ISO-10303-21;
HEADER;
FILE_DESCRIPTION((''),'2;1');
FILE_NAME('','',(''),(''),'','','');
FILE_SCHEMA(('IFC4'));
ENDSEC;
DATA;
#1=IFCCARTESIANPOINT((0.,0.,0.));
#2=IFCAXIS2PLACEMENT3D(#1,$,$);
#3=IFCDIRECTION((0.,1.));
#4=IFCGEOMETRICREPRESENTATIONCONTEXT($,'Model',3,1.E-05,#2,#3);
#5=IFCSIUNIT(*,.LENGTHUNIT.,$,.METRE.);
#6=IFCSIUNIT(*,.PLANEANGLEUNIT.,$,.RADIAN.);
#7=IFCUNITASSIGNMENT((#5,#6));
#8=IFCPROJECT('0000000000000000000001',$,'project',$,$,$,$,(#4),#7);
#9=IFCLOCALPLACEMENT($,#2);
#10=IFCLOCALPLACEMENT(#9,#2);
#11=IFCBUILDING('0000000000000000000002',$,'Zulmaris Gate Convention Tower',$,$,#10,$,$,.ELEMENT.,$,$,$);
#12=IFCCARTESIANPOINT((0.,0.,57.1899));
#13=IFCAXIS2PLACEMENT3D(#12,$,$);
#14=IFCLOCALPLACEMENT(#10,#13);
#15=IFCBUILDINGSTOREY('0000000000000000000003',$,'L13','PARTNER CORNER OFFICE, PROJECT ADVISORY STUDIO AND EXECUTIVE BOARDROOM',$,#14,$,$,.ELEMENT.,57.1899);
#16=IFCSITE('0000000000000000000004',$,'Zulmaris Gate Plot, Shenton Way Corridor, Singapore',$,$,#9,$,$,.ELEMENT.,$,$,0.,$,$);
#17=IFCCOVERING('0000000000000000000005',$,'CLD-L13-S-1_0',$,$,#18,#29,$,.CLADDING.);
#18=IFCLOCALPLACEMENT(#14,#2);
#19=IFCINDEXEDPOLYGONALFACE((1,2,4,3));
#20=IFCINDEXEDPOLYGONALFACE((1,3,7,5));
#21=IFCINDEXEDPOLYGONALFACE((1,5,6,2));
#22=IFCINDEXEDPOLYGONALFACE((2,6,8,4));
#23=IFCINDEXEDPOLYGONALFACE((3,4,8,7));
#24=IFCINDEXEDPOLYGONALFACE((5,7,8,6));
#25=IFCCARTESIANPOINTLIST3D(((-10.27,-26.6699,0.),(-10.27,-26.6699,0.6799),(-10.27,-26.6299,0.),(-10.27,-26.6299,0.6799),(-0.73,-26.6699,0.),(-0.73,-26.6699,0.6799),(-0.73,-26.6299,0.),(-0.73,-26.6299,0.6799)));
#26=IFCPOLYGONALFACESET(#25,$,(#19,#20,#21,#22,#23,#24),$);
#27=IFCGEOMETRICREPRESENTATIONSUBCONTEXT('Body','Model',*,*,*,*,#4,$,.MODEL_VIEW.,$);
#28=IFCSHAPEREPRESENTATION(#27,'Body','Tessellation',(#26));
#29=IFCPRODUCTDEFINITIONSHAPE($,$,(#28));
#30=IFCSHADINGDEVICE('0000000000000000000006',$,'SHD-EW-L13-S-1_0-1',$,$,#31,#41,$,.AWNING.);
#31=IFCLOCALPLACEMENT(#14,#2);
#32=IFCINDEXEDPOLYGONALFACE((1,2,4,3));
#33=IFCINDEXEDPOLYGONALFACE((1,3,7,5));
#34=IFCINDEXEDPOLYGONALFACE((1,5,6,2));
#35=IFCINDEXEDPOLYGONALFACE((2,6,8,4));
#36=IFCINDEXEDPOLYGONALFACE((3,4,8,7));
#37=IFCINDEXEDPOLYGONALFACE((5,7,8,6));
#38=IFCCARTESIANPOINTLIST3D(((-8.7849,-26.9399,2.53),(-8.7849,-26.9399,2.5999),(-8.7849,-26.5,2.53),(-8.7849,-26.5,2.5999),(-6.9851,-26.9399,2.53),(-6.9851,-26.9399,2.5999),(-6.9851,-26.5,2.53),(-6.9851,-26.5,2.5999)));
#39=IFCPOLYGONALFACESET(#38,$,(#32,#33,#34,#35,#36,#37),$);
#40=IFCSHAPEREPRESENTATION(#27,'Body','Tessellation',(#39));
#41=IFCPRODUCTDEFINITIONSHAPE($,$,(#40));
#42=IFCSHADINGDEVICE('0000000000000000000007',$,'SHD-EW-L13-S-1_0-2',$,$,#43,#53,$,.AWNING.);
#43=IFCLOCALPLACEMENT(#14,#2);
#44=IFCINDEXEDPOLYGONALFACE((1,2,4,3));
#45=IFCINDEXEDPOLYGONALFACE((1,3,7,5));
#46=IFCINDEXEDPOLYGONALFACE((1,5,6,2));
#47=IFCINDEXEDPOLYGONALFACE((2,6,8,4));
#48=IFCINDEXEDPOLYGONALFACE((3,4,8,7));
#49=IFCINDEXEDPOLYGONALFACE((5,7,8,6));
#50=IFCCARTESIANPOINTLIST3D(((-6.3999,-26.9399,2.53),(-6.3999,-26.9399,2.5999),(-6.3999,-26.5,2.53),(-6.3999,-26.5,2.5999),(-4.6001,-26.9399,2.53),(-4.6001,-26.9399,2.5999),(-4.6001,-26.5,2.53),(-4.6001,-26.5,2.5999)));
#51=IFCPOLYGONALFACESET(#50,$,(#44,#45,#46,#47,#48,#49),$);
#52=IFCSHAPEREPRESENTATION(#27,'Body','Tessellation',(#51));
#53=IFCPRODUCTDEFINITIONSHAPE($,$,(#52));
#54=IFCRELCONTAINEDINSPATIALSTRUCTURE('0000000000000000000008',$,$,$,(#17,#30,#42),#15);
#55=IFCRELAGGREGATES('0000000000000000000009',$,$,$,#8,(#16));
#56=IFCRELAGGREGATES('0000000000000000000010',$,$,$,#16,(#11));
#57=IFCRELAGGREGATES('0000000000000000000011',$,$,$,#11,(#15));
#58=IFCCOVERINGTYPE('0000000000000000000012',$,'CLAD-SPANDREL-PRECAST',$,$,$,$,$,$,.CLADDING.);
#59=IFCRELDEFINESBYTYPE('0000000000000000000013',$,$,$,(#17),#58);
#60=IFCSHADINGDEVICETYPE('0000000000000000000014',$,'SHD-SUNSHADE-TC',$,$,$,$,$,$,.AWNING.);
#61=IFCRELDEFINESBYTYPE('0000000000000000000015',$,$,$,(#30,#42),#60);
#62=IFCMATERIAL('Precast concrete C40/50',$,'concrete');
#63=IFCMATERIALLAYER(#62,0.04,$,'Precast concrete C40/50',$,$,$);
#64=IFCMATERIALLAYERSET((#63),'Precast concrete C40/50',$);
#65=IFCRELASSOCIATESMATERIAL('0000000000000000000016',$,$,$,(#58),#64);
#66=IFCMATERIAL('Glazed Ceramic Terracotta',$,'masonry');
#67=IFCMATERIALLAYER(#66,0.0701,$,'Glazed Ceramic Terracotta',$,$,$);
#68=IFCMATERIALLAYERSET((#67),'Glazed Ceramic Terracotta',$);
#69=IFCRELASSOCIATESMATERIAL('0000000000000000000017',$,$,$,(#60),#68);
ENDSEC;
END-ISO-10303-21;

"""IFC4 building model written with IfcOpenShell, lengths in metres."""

from ifc_helpers import new_model, si_unit, direction, frame, frame_2d, origin, place, context, subcontext, project, spatial, rectangle, extrude, material, layer, layer_set, type_object, element, save


model = new_model("IFC4")

# Units and contexts
model_context = context("Model", 3, precision=1e-05, world=origin(), true_north=direction((0.0, 1.0)))
body_context = subcontext(model_context, "Body", "Model", "MODEL_VIEW")
ifc_project = project(units=[si_unit("LENGTHUNIT", "METRE"), si_unit("PLANEANGLEUNIT", "RADIAN")], contexts=[model_context])

# Site, building, storey
site_placement = place(None, origin())
site = spatial("IfcSite", under=ifc_project, at=site_placement, Name="Zulmaris Gate Plot, Shenton Way Corridor, Singapore", CompositionType="ELEMENT", RefElevation=0.0)
building_placement = place(site_placement, origin())
building = spatial("IfcBuilding", under=site, at=building_placement, Name="Zulmaris Gate Convention Tower", CompositionType="ELEMENT")
storey_placement = place(building_placement, frame((0.0, 0.0, 57.1899)))
storey = spatial("IfcBuildingStorey", under=building, at=storey_placement, Name="L13", Description="PARTNER CORNER OFFICE, PROJECT ADVISORY STUDIO AND EXECUTIVE BOARDROOM", CompositionType="ELEMENT", Elevation=57.1899)

# Shared definitions
ifc_material_1 = material(Name="Precast concrete C40/50", Category="concrete")

# Covering
ifc_layer_1 = layer(ifc_material_1, 0.04, Name="Precast concrete C40/50")
ifc_layer_set_1 = layer_set([ifc_layer_1], Name="Precast concrete C40/50")
covering_type = type_object("IfcCoveringType", Name="CLAD-SPANDREL-PRECAST", PredefinedType="CLADDING", material=ifc_layer_set_1)
covering_placement = place(storey_placement, frame((-10.27, -26.6499, 0.0), z_axis=(0.0, 0.0, 1.0), x_axis=(1.0, 0.0, 0.0)))
element("IfcCovering", 1, at=covering_placement, inside=storey, type_object=covering_type, Name="CLD-L13-S-1_0", PredefinedType="CLADDING", context=body_context, shape_type="SweptSolid", body=[
    extrude(rectangle(XDim=9.54, YDim=0.04, at=frame_2d((4.77, 0.0))), origin(), (0.0, 0.0, 1.0), 0.6799),
])

# Shading devices
ifc_material_2 = material(Name="Glazed Ceramic Terracotta", Category="masonry")
ifc_layer_2 = layer(ifc_material_2, 0.0701, Name="Glazed Ceramic Terracotta")
ifc_layer_set_2 = layer_set([ifc_layer_2], Name="Glazed Ceramic Terracotta")
shading_device_type = type_object("IfcShadingDeviceType", Name="SHD-SUNSHADE-TC", PredefinedType="AWNING", material=ifc_layer_set_2)
for number, where, z_axis, x_axis, name in (
    (2, (-8.7849, -26.72, 2.53), (0.0, 0.0, 1.0), (1.0, 0.0, 0.0), "SHD-EW-L13-S-1_0-1"),
    (3, (-6.3999, -26.72, 2.53), (0.0, 0.0, 1.0), (1.0, 0.0, 0.0), "SHD-EW-L13-S-1_0-2"),
):
    element("IfcShadingDevice", number, at=place(storey_placement, frame(where, z_axis=z_axis, x_axis=x_axis)), inside=storey, type_object=shading_device_type, Name=name, PredefinedType="AWNING", context=body_context, shape_type="SweptSolid", body=[
        extrude(rectangle(XDim=1.7998, YDim=0.4399, at=frame_2d((0.8999, 0.0))), origin(), (0.0, 0.0, 1.0), 0.0698),
    ])

save(model, "model.ifc")
